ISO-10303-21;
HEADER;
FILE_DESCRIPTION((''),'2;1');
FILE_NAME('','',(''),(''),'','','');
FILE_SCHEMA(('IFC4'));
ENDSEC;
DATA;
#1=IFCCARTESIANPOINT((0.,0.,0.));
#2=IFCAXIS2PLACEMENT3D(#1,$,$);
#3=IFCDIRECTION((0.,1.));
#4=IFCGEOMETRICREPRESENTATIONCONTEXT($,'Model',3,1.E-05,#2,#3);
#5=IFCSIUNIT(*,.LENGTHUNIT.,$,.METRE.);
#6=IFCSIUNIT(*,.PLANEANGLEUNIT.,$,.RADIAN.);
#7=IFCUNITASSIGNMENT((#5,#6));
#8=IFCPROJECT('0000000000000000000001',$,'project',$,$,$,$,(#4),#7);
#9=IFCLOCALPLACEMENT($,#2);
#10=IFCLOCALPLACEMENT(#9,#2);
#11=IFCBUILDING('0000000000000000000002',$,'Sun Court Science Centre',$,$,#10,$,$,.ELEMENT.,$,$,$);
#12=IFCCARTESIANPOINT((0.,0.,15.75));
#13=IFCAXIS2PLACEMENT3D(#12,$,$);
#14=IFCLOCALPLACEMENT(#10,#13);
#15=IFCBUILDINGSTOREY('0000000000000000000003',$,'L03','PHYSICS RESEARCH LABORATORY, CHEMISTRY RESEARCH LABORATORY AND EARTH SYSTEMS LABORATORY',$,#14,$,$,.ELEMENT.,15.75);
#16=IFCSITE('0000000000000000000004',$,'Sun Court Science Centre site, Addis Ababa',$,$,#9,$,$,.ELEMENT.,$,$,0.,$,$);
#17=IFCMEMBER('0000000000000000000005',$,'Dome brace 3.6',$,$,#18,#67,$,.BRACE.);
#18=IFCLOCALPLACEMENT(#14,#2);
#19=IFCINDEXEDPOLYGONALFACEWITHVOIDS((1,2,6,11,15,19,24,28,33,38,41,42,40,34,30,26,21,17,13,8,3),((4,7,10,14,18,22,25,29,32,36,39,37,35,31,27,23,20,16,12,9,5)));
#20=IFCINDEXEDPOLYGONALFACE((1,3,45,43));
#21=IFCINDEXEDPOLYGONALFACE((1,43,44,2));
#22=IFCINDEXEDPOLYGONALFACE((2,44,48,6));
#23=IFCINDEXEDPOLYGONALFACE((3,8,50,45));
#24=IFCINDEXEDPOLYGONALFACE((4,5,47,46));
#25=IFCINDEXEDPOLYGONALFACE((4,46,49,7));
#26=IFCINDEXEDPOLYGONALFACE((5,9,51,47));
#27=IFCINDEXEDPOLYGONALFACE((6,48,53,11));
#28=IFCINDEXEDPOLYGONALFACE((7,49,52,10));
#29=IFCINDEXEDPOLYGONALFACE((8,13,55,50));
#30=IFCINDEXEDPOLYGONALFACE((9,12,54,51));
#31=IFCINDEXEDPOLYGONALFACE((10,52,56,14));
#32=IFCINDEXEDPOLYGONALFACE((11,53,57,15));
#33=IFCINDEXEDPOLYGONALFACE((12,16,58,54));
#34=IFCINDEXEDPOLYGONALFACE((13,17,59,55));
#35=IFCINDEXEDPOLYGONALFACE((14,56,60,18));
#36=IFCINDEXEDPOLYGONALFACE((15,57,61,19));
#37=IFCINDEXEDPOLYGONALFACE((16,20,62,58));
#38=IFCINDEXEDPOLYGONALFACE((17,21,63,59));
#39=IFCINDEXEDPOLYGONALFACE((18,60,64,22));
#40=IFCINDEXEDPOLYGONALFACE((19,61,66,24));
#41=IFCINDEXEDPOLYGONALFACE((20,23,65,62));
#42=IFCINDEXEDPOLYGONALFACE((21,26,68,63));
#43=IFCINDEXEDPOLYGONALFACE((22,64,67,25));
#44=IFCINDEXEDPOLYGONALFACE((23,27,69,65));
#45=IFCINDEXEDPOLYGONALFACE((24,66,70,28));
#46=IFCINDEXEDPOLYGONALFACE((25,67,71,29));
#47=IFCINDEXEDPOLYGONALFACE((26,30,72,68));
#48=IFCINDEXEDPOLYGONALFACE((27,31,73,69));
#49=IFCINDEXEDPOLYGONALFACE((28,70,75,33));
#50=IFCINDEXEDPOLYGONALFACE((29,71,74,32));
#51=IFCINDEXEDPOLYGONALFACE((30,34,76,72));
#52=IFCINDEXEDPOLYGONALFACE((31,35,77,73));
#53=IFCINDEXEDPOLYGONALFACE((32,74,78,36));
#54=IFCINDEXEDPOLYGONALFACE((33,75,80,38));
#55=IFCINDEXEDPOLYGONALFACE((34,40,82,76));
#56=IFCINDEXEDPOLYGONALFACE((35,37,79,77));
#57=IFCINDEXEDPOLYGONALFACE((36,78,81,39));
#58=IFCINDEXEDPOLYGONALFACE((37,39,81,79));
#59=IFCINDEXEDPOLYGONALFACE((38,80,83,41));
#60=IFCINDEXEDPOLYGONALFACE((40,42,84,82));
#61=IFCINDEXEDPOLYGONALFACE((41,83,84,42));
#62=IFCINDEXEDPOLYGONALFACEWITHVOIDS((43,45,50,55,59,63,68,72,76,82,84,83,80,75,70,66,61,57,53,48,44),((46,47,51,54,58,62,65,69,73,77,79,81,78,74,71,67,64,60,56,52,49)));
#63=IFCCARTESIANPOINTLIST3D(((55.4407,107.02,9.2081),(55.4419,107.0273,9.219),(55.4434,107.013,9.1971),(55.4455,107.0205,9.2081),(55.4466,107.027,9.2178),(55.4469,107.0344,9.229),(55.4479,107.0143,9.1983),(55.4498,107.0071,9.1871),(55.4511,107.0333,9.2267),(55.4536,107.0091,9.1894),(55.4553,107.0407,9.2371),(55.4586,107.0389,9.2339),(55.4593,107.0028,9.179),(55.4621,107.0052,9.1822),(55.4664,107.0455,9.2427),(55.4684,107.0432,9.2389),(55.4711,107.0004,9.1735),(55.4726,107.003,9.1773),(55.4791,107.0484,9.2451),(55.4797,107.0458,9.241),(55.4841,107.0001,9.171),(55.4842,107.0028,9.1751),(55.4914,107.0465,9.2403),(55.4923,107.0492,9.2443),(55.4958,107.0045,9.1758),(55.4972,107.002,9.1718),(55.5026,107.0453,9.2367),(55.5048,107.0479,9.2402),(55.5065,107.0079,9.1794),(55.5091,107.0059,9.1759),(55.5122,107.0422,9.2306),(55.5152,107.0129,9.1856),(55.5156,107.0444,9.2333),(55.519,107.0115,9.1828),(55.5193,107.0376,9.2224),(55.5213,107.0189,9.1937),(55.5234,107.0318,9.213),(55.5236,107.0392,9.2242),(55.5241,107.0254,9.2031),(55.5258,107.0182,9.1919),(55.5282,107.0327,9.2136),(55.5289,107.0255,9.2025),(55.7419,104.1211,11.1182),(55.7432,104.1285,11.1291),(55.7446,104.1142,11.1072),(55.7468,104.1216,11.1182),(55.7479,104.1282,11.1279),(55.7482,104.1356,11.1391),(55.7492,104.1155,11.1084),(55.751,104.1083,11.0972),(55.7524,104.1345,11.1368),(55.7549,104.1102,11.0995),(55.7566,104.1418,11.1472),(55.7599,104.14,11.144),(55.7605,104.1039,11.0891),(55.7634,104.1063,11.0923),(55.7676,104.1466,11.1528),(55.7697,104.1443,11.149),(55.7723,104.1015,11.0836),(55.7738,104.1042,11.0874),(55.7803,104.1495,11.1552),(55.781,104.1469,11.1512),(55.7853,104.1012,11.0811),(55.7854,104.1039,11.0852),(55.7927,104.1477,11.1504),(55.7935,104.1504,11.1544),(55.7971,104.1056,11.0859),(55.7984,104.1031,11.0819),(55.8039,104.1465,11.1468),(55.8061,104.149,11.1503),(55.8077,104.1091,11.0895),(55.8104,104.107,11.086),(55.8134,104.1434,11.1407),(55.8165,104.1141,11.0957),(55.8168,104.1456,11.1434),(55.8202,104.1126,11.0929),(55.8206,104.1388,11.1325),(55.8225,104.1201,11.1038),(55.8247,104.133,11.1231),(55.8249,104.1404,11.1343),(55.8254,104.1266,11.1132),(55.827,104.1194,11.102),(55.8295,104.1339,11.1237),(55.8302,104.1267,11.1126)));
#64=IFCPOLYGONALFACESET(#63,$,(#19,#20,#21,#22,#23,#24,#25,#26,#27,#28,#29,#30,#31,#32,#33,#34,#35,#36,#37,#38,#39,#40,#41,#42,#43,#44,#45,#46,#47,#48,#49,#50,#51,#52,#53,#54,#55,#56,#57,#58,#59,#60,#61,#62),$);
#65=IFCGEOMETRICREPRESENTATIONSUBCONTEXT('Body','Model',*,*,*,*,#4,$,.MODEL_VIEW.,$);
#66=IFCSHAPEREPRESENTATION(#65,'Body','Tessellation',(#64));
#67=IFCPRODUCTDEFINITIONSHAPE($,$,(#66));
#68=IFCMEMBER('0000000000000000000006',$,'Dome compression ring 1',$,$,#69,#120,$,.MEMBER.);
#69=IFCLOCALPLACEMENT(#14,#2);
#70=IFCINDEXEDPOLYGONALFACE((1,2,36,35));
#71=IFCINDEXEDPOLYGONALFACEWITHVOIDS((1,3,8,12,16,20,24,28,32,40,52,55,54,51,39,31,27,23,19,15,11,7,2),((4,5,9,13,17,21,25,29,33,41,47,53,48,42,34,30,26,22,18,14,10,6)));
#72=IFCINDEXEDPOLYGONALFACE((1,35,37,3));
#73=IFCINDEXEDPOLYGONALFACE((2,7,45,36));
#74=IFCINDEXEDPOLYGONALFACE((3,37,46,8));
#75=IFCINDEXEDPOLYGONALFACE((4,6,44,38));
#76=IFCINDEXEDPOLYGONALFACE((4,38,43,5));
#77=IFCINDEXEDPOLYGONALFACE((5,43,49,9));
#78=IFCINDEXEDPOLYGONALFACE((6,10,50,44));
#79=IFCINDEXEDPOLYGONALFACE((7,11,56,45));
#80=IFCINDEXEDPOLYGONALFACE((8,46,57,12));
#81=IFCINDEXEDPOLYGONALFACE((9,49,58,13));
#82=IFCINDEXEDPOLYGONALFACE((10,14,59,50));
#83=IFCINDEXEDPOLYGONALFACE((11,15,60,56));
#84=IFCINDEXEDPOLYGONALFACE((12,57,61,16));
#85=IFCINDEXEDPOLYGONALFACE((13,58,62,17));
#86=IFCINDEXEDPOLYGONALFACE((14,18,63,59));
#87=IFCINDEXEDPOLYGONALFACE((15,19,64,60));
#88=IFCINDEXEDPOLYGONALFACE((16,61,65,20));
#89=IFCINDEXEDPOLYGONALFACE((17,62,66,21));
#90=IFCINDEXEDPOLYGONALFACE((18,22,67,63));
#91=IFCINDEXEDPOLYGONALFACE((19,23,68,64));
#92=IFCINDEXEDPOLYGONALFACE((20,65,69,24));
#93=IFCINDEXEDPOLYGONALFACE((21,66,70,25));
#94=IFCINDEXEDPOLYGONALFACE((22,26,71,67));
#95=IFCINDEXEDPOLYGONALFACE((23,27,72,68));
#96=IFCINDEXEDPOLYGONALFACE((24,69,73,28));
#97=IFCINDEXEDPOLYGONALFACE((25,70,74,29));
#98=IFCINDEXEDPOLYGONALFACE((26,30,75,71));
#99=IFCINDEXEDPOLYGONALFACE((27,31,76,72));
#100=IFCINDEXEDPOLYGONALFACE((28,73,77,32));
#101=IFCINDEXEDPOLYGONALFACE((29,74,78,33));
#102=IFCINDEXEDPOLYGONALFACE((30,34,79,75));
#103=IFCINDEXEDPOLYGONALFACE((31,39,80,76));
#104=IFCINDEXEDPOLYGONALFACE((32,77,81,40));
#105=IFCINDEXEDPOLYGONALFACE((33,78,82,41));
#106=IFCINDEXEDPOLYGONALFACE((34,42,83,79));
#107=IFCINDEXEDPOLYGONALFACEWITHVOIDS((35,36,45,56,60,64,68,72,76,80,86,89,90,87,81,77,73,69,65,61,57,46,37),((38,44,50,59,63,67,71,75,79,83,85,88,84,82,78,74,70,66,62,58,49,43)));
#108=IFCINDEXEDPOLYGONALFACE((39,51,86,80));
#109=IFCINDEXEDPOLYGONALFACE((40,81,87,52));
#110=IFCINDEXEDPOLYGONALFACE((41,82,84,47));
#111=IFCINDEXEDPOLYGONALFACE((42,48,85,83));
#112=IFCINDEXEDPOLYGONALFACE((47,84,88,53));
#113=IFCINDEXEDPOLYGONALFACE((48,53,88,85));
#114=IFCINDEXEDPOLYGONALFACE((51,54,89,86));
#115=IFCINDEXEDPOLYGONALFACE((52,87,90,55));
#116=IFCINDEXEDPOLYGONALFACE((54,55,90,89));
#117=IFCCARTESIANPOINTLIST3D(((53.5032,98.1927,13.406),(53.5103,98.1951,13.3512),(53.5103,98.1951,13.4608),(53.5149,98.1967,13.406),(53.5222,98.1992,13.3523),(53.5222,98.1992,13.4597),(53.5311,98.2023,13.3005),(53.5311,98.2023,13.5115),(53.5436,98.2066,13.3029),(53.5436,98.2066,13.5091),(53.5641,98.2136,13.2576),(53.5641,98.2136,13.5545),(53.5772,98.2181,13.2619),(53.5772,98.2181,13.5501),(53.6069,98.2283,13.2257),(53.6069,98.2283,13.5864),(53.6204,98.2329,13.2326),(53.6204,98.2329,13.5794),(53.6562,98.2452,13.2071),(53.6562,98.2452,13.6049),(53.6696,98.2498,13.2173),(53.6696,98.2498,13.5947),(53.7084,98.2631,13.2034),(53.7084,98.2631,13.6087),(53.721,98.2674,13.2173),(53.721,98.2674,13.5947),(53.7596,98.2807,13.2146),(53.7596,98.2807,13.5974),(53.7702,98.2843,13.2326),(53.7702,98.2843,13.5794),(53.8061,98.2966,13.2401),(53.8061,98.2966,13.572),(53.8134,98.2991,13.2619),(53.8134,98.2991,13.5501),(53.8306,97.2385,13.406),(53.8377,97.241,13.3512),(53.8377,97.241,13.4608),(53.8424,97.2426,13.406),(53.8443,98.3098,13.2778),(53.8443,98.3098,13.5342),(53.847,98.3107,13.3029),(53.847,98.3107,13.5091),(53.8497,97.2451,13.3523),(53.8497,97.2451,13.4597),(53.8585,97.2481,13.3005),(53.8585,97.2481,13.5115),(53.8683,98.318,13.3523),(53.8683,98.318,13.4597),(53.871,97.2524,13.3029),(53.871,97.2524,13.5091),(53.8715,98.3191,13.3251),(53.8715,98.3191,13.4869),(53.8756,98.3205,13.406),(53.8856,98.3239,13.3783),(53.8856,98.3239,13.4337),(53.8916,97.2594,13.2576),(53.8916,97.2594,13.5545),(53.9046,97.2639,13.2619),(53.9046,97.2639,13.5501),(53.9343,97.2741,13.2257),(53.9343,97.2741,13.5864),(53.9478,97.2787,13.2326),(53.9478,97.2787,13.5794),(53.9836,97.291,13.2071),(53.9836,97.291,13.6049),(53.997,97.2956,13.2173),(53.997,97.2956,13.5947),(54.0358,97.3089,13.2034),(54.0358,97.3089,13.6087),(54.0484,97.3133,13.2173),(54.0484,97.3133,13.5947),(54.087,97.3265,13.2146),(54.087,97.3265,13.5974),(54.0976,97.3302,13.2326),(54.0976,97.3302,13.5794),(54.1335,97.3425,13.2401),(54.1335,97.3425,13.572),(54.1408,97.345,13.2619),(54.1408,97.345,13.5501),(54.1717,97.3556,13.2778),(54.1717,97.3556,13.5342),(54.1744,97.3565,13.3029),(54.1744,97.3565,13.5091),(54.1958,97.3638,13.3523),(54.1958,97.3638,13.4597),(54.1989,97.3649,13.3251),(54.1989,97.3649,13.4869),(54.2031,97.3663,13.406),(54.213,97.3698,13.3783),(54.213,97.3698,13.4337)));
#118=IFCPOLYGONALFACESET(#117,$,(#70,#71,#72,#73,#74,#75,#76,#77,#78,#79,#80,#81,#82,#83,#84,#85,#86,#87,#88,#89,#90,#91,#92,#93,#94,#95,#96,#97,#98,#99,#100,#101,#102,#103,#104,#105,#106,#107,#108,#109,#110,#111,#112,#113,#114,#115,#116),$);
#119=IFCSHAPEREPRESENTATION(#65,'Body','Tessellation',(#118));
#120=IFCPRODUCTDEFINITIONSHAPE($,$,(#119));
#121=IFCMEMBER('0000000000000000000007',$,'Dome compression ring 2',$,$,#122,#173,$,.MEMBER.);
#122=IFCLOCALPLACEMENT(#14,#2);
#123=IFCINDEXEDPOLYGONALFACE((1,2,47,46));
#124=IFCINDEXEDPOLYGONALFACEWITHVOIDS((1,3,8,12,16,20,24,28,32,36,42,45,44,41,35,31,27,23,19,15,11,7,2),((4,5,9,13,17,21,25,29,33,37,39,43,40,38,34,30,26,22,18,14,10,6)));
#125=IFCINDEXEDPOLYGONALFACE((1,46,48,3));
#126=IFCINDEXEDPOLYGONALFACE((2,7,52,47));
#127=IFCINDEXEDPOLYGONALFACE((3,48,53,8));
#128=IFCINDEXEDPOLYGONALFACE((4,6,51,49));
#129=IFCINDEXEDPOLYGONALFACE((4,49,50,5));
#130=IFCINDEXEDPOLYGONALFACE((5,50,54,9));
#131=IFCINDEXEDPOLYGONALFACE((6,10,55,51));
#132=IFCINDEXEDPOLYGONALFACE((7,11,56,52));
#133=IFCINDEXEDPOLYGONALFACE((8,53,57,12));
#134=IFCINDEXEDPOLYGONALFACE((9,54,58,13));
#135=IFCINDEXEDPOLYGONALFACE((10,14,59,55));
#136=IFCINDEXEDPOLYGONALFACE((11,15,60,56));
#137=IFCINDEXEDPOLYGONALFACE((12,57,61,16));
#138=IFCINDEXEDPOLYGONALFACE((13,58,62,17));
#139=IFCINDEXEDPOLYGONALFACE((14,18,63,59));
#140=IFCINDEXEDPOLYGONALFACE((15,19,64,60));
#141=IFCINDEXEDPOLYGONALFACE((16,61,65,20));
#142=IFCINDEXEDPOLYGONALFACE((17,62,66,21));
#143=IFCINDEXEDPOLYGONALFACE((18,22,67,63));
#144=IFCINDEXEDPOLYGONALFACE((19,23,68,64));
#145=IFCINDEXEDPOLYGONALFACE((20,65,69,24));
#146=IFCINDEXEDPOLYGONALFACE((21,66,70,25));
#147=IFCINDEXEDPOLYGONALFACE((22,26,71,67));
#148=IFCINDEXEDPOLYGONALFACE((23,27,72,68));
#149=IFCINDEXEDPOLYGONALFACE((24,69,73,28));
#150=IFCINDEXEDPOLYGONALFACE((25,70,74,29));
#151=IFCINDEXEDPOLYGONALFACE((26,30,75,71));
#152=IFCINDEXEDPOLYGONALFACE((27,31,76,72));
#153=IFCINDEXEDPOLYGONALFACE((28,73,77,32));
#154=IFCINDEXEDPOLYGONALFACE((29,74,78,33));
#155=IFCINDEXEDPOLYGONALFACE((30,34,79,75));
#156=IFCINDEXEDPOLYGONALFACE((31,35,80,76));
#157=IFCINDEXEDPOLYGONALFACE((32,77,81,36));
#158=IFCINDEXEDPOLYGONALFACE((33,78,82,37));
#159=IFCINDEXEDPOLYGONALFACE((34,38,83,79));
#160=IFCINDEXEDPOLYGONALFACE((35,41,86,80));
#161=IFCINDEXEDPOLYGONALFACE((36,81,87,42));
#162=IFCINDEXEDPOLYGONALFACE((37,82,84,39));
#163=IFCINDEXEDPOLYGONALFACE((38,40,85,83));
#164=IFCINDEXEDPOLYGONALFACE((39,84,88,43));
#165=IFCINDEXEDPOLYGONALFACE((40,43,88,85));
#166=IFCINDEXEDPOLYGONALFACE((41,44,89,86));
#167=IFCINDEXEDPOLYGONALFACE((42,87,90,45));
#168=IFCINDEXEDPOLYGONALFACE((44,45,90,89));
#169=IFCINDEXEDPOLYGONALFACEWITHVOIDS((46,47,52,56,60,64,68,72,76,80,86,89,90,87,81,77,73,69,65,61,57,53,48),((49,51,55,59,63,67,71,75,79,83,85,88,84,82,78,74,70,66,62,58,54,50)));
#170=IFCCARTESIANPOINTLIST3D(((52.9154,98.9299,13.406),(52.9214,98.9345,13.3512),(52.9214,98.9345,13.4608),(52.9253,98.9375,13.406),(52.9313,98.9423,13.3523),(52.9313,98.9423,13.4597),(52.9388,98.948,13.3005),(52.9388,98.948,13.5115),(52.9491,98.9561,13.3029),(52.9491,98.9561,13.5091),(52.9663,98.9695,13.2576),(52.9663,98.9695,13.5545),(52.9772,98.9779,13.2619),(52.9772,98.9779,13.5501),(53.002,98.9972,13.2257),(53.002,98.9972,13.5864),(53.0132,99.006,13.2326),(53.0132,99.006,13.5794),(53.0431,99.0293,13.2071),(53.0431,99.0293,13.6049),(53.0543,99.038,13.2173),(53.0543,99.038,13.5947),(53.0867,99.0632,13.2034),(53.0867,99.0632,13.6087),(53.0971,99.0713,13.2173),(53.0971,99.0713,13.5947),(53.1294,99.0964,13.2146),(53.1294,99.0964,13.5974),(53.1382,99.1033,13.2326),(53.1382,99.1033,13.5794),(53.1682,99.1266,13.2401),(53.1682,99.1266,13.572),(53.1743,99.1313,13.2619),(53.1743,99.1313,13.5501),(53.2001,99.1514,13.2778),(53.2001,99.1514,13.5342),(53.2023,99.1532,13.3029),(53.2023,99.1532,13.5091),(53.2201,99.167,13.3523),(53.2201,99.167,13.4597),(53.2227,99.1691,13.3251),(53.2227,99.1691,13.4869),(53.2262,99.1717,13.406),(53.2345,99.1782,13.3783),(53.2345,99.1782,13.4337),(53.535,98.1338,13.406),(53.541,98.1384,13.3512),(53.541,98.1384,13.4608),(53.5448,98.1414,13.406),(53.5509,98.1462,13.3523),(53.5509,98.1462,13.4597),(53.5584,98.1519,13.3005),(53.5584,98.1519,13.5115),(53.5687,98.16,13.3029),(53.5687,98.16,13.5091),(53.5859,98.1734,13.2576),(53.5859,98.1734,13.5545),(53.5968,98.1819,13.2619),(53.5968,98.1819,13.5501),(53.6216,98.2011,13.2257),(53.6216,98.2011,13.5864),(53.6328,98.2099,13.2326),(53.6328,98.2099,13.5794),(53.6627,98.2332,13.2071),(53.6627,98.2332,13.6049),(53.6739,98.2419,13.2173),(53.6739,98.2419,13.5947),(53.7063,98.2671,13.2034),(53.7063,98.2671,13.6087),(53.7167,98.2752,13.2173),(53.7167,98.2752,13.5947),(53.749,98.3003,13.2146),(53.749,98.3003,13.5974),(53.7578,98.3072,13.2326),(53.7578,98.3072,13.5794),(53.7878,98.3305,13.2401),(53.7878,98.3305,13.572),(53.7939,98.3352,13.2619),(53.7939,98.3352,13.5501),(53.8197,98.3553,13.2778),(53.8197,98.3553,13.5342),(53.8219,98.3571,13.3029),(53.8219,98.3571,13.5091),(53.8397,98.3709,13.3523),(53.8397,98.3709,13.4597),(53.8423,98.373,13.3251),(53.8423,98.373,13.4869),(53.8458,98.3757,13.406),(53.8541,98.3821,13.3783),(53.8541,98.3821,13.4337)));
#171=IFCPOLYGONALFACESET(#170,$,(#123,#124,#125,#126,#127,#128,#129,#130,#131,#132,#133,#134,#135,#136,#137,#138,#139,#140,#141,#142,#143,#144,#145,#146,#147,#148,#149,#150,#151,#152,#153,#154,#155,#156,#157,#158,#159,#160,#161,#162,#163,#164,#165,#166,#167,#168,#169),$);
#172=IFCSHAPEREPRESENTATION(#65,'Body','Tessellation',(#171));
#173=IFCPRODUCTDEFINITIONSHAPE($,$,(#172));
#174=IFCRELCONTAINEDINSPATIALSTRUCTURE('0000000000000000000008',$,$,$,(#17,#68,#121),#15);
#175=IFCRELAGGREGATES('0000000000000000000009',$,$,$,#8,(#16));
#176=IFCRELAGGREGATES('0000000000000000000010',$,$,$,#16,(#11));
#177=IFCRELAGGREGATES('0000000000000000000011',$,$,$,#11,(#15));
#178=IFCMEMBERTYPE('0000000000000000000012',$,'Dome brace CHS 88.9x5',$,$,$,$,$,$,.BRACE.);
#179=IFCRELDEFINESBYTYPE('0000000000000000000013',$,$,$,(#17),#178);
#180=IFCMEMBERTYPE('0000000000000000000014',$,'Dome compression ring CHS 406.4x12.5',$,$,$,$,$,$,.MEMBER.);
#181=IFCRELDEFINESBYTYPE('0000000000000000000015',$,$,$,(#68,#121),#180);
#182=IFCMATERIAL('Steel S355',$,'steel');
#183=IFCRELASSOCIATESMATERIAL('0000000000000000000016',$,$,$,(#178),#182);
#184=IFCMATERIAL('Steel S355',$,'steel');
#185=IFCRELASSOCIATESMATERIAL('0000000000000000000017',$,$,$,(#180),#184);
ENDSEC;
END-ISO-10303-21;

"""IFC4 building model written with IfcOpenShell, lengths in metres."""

from ifc_helpers import new_model, si_unit, direction, frame, origin, origin_2d, place, context, subcontext, project, spatial, hollow_circle, extrude, material, material_profile, profile_set, type_object, element, save


model = new_model("IFC4")

# Units and contexts
model_context = context("Model", 3, precision=1e-05, world=origin(), true_north=direction((0.0, 1.0)))
body_context = subcontext(model_context, "Body", "Model", "MODEL_VIEW")
ifc_project = project(units=[si_unit("LENGTHUNIT", "METRE"), si_unit("PLANEANGLEUNIT", "RADIAN")], contexts=[model_context])

# Site, building, storey
site_placement = place(None, origin())
site = spatial("IfcSite", under=ifc_project, at=site_placement, Name="Sun Court Science Centre site, Addis Ababa", CompositionType="ELEMENT", RefElevation=0.0)
building_placement = place(site_placement, origin())
building = spatial("IfcBuilding", under=site, at=building_placement, Name="Sun Court Science Centre", CompositionType="ELEMENT")
storey_placement = place(building_placement, frame((0.0, 0.0, 15.75)))
storey = spatial("IfcBuildingStorey", under=building, at=storey_placement, Name="L03", Description="PHYSICS RESEARCH LABORATORY, CHEMISTRY RESEARCH LABORATORY AND EARTH SYSTEMS LABORATORY", CompositionType="ELEMENT", Elevation=15.75)

# Members
ifc_material_1 = material(Name="Steel S355", Category="steel")
ifc_material_profile_1 = material_profile(ifc_material_1, hollow_circle(Radius=0.0444, WallThickness=0.0049, at=origin_2d()), Name="CHS 88.9x5")
ifc_profile_set_1 = profile_set([ifc_material_profile_1], Name="Steel S355")
member_type_1 = type_object("IfcMemberType", Name="Dome brace CHS 88.9x5", PredefinedType="BRACE", material=ifc_profile_set_1)
member_1_placement = place(storey_placement, frame((55.7861, 104.1257, 11.1182), z_axis=(-0.086455, 0.831898, -0.548153), x_axis=(-0.994643, -0.103368, 0.0)))
element("IfcMember", 1, at=member_1_placement, inside=storey, type_object=member_type_1, Name="Dome brace 3.6", PredefinedType="BRACE", context=body_context, shape_type="SweptSolid", body=[
    extrude(hollow_circle(Radius=0.0444, WallThickness=0.0049, at=origin_2d()), origin(), (0.0, 0.0, 1.0), 3.4846),
])
ifc_material_2 = material(Name="Steel S355", Category="steel")
ifc_material_profile_2 = material_profile(ifc_material_2, hollow_circle(Radius=0.2031, WallThickness=0.0125, at=origin_2d()), Name="CHS 406.4x12.5")
ifc_profile_set_2 = profile_set([ifc_material_profile_2], Name="Steel S355")
member_type_2 = type_object("IfcMemberType", Name="Dome compression ring CHS 406.4x12.5", PredefinedType="MEMBER", material=ifc_profile_set_2)
for number, where, z_axis, x_axis, name in (
    (2, (54.0227, 97.3044, 13.406), (-0.324566, 0.945863, 0.0), (-0.945863, -0.324566, 0.0), "Dome compression ring 1"),
    (3, (53.6953, 98.2585, 13.406), (-0.614192, 0.789157, 0.0), (-0.789157, -0.614192, 0.0), "Dome compression ring 2"),
):
    element("IfcMember", number, at=place(storey_placement, frame(where, z_axis=z_axis, x_axis=x_axis)), inside=storey, type_object=member_type_2, Name=name, PredefinedType="MEMBER", context=body_context, shape_type="SweptSolid", body=[
        extrude(hollow_circle(Radius=0.2031, WallThickness=0.0125, at=origin_2d()), origin(), (0.0, 0.0, 1.0), 1.0088),
    ])

save(model, "model.ifc")
